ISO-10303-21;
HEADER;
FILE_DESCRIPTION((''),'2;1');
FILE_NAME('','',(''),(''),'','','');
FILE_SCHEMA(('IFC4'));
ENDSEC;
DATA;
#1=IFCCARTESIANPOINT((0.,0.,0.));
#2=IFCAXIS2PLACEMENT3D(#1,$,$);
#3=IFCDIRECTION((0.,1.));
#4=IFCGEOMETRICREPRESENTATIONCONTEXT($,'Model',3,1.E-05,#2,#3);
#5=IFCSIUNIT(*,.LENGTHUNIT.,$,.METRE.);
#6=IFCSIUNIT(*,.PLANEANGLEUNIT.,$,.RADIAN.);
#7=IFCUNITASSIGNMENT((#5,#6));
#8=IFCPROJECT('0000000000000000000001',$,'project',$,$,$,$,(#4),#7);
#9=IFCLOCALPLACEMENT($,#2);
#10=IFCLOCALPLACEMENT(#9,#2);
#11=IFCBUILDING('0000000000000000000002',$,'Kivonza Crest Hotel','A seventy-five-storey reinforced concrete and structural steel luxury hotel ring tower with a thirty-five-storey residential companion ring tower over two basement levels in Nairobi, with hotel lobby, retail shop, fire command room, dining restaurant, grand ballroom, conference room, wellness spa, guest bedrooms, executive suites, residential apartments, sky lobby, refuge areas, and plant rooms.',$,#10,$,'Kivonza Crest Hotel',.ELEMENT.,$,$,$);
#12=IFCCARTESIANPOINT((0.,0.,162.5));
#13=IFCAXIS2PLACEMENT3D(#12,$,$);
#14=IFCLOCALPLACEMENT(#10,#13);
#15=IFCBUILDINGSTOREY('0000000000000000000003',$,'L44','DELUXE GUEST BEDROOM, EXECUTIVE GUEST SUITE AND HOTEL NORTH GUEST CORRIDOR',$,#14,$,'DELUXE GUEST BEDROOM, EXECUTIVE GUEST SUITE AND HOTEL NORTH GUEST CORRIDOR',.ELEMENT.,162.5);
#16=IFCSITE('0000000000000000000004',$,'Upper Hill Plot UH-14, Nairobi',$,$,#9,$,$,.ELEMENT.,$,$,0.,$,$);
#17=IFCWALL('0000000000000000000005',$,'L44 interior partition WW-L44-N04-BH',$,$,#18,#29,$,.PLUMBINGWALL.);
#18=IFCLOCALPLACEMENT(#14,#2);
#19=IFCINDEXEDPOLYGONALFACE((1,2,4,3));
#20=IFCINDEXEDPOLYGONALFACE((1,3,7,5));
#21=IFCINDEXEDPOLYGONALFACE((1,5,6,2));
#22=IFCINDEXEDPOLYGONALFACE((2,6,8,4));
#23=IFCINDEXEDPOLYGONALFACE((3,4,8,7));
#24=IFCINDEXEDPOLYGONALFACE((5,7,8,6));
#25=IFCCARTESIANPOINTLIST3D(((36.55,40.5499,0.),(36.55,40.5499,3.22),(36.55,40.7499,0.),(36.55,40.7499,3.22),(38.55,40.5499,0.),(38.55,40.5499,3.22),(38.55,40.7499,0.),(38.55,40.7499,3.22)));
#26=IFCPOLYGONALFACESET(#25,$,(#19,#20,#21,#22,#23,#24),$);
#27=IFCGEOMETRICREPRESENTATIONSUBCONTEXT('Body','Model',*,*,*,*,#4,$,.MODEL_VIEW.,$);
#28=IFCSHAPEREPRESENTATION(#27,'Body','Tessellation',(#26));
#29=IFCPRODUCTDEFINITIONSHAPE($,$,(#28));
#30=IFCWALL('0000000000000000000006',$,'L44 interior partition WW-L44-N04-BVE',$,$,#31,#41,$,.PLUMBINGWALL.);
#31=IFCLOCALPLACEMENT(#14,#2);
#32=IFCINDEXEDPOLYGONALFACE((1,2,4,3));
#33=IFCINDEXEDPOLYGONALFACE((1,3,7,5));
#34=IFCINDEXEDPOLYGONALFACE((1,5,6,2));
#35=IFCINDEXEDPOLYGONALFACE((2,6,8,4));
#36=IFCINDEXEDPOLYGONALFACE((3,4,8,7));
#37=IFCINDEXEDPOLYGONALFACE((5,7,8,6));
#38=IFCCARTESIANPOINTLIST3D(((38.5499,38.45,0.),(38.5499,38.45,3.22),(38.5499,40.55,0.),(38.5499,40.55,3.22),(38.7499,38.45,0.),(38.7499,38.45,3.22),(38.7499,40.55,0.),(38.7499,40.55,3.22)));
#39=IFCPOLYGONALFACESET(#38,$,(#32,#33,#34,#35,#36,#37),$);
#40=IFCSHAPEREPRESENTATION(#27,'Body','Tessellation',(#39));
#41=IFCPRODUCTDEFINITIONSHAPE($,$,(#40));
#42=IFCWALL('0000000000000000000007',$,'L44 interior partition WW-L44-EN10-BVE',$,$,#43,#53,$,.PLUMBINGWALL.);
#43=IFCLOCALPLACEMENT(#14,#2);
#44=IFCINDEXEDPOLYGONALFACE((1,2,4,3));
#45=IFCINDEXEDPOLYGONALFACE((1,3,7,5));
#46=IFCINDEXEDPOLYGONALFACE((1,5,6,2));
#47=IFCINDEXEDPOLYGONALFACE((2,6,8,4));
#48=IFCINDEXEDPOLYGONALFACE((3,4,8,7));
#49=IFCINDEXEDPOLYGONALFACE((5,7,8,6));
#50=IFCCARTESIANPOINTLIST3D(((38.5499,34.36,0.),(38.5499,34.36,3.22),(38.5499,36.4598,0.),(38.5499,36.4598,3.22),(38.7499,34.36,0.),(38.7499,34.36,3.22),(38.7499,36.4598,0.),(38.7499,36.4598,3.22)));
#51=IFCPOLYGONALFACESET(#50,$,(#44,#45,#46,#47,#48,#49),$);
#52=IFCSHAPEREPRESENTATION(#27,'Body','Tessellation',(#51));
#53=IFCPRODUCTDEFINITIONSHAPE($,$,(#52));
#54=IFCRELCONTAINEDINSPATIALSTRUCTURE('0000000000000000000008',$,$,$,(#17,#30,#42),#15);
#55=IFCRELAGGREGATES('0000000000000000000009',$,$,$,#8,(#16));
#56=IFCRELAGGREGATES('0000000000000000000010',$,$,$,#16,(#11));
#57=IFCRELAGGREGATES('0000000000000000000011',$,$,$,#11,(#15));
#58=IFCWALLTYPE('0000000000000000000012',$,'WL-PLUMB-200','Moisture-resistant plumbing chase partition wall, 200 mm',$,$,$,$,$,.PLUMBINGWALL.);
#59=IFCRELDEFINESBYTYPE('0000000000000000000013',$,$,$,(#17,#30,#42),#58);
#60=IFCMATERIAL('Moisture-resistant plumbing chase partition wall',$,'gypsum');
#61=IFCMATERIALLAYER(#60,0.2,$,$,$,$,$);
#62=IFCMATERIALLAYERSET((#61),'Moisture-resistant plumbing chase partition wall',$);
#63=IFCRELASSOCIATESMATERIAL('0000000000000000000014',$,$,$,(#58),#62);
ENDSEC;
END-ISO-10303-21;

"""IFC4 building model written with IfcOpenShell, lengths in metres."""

from ifc_helpers import new_model, si_unit, direction, frame, frame_2d, origin, place, context, subcontext, project, spatial, rectangle, extrude, material, layer, layer_set, type_object, element, save


model = new_model("IFC4")

# Units and contexts
model_context = context("Model", 3, precision=1e-05, world=origin(), true_north=direction((0.0, 1.0)))
body_context = subcontext(model_context, "Body", "Model", "MODEL_VIEW")
ifc_project = project(units=[si_unit("LENGTHUNIT", "METRE"), si_unit("PLANEANGLEUNIT", "RADIAN")], contexts=[model_context])

# Site, building, storey
site_placement = place(None, origin())
site = spatial("IfcSite", under=ifc_project, at=site_placement, Name="Upper Hill Plot UH-14, Nairobi", CompositionType="ELEMENT", RefElevation=0.0)
building_placement = place(site_placement, origin())
building = spatial("IfcBuilding", under=site, at=building_placement, Name="Kivonza Crest Hotel", Description="A seventy-five-storey reinforced concrete and structural steel luxury hotel ring tower with a thirty-five-storey residential companion ring tower over two basement levels in Nairobi, with hotel lobby, retail shop, fire command room, dining restaurant, grand ballroom, conference room, wellness spa, guest bedrooms, executive suites, residential apartments, sky lobby, refuge areas, and plant rooms.", LongName="Kivonza Crest Hotel", CompositionType="ELEMENT")
storey_placement = place(building_placement, frame((0.0, 0.0, 162.5)))
storey = spatial("IfcBuildingStorey", under=building, at=storey_placement, Name="L44", Description="DELUXE GUEST BEDROOM, EXECUTIVE GUEST SUITE AND HOTEL NORTH GUEST CORRIDOR", LongName="DELUXE GUEST BEDROOM, EXECUTIVE GUEST SUITE AND HOTEL NORTH GUEST CORRIDOR", CompositionType="ELEMENT", Elevation=162.5)

# Shared definitions
ifc_material_1 = material(Name="Moisture-resistant plumbing chase partition wall", Category="gypsum")
ifc_layer_1 = layer(ifc_material_1, 0.2)
ifc_layer_set_1 = layer_set([ifc_layer_1], Name="Moisture-resistant plumbing chase partition wall")
wall_type_1 = type_object("IfcWallType", Name="WL-PLUMB-200", Description="Moisture-resistant plumbing chase partition wall, 200 mm", PredefinedType="PLUMBINGWALL", material=ifc_layer_set_1)

# Walls
wall_1_placement = place(storey_placement, frame((36.55, 40.6499, 0.0), z_axis=(0.0, 0.0, 1.0), x_axis=(1.0, 0.0, 0.0)))
element("IfcWall", 1, at=wall_1_placement, inside=storey, type_object=wall_type_1, Name="L44 interior partition WW-L44-N04-BH", PredefinedType="PLUMBINGWALL", context=body_context, shape_type="SweptSolid", body=[
    extrude(rectangle(XDim=2.0, YDim=0.2, at=frame_2d((1.0, 0.0))), origin(), (0.0, 0.0, 1.0), 3.22),
])
wall_2_placement = place(storey_placement, frame((38.6499, 38.45, 0.0), z_axis=(0.0, 0.0, 1.0), x_axis=(0.0, 1.0, 0.0)))
element("IfcWall", 2, at=wall_2_placement, inside=storey, type_object=wall_type_1, Name="L44 interior partition WW-L44-N04-BVE", PredefinedType="PLUMBINGWALL", context=body_context, shape_type="SweptSolid", body=[
    extrude(rectangle(XDim=2.1001, YDim=0.2, at=frame_2d((1.05, 0.0))), origin(), (0.0, 0.0, 1.0), 3.22),
])
wall_3_placement = place(storey_placement, frame((38.6499, 34.3601, 0.0), z_axis=(0.0, 0.0, 1.0), x_axis=(0.0, 1.0, 0.0)))
element("IfcWall", 3, at=wall_3_placement, inside=storey, type_object=wall_type_1, Name="L44 interior partition WW-L44-EN10-BVE", PredefinedType="PLUMBINGWALL", context=body_context, shape_type="SweptSolid", body=[
    extrude(rectangle(XDim=2.0999, YDim=0.2, at=frame_2d((1.0498, 0.0))), origin(), (0.0, 0.0, 1.0), 3.22),
])

save(model, "model.ifc")
